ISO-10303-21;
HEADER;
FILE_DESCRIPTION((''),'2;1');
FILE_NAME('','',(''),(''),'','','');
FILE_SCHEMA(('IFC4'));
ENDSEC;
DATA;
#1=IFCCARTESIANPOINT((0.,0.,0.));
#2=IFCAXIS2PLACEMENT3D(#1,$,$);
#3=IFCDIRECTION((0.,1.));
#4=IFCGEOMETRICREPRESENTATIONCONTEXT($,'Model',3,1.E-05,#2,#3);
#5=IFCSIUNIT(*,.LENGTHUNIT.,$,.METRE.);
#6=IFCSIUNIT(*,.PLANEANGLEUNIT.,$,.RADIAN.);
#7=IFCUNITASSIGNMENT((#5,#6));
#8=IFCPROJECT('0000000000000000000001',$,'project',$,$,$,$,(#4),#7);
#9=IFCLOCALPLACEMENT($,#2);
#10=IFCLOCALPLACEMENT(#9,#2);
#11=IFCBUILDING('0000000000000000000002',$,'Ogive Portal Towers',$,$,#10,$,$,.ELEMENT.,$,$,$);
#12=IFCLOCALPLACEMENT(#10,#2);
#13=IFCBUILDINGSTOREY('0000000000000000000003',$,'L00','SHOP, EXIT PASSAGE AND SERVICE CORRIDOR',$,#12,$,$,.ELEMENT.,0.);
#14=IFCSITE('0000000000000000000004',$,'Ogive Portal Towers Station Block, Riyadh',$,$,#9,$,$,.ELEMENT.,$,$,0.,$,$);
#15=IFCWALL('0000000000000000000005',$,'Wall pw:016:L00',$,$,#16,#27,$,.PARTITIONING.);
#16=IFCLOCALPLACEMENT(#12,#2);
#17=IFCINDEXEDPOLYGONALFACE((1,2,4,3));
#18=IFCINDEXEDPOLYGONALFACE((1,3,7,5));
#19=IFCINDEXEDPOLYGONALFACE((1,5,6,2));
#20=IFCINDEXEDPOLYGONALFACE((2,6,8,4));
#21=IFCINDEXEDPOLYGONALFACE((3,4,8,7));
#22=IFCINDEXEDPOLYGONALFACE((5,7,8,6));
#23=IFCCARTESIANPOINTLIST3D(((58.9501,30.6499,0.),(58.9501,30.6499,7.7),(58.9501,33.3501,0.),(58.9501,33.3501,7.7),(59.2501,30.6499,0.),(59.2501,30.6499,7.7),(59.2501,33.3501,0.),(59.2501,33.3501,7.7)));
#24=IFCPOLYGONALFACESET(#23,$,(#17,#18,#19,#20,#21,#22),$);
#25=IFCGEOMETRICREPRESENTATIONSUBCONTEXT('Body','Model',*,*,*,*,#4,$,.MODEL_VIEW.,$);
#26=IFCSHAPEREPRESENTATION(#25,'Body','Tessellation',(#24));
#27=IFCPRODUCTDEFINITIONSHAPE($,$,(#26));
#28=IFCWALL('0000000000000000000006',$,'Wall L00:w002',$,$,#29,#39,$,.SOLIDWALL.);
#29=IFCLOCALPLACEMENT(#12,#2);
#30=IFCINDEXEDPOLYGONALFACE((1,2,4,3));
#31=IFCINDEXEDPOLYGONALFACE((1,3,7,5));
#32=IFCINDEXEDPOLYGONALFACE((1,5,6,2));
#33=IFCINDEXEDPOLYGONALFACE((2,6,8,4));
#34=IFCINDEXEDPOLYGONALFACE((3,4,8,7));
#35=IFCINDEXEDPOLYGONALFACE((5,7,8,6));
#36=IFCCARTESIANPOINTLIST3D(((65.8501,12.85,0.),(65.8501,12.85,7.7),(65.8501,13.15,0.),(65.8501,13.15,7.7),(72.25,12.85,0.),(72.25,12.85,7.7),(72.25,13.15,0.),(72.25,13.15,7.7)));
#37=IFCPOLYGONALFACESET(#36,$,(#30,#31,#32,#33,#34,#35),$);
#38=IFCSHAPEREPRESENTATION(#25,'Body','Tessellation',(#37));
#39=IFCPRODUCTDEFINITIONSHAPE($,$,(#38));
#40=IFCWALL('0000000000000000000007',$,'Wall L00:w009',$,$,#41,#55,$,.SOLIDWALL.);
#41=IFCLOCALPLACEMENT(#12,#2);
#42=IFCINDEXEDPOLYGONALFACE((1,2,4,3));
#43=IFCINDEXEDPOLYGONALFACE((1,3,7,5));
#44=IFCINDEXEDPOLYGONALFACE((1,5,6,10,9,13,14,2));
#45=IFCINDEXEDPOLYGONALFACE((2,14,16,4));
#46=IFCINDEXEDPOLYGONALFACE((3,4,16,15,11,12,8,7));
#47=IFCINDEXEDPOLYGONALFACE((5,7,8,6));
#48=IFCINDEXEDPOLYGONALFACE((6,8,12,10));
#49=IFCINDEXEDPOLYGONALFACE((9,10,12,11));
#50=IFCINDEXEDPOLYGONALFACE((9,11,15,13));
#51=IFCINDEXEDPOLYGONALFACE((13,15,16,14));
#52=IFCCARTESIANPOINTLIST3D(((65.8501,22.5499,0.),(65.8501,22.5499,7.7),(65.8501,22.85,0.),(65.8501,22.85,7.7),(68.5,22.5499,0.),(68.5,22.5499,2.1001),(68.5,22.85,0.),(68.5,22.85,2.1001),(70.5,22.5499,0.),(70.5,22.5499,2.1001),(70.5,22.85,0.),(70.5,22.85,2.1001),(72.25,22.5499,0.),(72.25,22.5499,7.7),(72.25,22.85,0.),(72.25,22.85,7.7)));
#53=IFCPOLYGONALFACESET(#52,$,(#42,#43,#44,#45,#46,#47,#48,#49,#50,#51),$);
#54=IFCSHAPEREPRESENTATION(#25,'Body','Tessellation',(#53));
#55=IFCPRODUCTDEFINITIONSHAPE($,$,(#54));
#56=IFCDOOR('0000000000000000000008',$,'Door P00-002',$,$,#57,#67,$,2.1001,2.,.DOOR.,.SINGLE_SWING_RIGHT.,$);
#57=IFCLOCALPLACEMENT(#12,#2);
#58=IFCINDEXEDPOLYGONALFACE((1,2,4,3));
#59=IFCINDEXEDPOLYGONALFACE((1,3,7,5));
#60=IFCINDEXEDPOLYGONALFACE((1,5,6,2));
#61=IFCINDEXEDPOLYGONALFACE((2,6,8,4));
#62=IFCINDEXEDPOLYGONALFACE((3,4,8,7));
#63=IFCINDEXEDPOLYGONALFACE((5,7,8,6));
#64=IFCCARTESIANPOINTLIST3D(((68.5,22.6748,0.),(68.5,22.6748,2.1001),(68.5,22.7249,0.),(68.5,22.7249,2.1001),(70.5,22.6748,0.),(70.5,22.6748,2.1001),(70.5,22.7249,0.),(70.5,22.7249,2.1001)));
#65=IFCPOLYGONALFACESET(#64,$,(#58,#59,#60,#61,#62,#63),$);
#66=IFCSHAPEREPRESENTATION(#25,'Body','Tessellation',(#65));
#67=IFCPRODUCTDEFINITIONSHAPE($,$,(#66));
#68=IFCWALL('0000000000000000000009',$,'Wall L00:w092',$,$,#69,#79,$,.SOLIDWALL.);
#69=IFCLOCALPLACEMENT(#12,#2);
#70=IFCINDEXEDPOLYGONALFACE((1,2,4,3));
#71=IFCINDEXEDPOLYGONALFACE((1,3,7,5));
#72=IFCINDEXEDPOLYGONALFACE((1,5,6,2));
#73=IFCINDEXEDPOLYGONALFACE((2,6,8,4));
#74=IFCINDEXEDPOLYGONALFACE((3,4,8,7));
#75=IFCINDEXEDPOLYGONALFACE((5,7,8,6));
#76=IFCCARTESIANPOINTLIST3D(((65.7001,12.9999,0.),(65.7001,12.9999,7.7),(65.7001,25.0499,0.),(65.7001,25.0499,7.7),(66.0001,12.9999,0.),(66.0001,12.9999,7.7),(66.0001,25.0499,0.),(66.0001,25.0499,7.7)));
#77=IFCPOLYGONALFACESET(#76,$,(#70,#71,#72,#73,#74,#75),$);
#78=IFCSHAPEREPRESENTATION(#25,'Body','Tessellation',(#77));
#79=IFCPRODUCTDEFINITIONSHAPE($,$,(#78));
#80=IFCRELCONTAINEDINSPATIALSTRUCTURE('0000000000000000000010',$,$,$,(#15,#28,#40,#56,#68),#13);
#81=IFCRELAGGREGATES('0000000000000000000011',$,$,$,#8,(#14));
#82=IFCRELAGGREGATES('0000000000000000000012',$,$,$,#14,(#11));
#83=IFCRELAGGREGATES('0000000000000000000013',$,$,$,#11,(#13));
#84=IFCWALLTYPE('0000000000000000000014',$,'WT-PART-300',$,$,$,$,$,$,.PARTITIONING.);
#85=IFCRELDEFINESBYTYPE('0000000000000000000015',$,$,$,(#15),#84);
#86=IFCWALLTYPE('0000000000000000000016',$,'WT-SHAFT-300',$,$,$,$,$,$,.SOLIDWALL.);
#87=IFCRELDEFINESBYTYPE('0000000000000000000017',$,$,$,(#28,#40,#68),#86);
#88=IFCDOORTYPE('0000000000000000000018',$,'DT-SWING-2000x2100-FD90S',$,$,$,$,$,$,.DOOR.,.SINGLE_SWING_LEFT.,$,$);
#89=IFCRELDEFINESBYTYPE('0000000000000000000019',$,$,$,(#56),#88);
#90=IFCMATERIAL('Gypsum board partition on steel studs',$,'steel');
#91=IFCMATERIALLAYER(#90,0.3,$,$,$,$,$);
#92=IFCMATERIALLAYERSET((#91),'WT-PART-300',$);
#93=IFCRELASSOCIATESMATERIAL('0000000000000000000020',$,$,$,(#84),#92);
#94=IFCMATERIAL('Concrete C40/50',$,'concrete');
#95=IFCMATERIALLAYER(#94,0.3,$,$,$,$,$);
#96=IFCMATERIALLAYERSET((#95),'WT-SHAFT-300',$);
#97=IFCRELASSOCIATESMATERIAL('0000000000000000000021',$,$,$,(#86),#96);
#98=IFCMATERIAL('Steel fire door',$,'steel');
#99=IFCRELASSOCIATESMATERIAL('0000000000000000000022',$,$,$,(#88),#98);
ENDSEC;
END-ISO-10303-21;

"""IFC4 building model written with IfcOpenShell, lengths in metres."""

from ifc_helpers import new_model, si_unit, direction, frame, frame_2d, origin, place, context, subcontext, project, spatial, rectangle, extrude, material, layer, layer_set, type_object, element, fill, save


model = new_model("IFC4")

# Units and contexts
model_context = context("Model", 3, precision=1e-05, world=origin(), true_north=direction((0.0, 1.0)))
body_context = subcontext(model_context, "Body", "Model", "MODEL_VIEW")
ifc_project = project(units=[si_unit("LENGTHUNIT", "METRE"), si_unit("PLANEANGLEUNIT", "RADIAN")], contexts=[model_context])

# Site, building, storey
site_placement = place(None, origin())
site = spatial("IfcSite", under=ifc_project, at=site_placement, Name="Ogive Portal Towers Station Block, Riyadh", CompositionType="ELEMENT", RefElevation=0.0)
building_placement = place(site_placement, origin())
building = spatial("IfcBuilding", under=site, at=building_placement, Name="Ogive Portal Towers", CompositionType="ELEMENT")
storey_placement = place(building_placement, origin())
storey = spatial("IfcBuildingStorey", under=building, at=storey_placement, Name="L00", Description="SHOP, EXIT PASSAGE AND SERVICE CORRIDOR", CompositionType="ELEMENT", Elevation=0.0)

# Shared definitions
ifc_material_1 = material(Name="Gypsum board partition on steel studs", Category="steel")

# Shared definitions
ifc_material_2 = material(Name="Steel fire door", Category="steel")

# Walls
ifc_layer_1 = layer(ifc_material_1, 0.3)
ifc_layer_set_1 = layer_set([ifc_layer_1], Name="WT-PART-300")
wall_type_1 = type_object("IfcWallType", Name="WT-PART-300", PredefinedType="PARTITIONING", material=ifc_layer_set_1)
wall_1_placement = place(storey_placement, frame((59.1001, 30.6499, 0.0), z_axis=(0.0, 0.0, 1.0), x_axis=(0.0, 1.0, 0.0)))
element("IfcWall", 1, at=wall_1_placement, inside=storey, type_object=wall_type_1, Name="Wall pw:016:L00", PredefinedType="PARTITIONING", context=body_context, shape_type="SweptSolid", body=[
    extrude(rectangle(XDim=2.7002, YDim=0.3, at=frame_2d((1.3501, 0.0))), origin(), (0.0, 0.0, 1.0), 7.7),
])
ifc_material_3 = material(Name="Concrete C40/50", Category="concrete")
ifc_layer_2 = layer(ifc_material_3, 0.3)
ifc_layer_set_2 = layer_set([ifc_layer_2], Name="WT-SHAFT-300")
wall_type_2 = type_object("IfcWallType", Name="WT-SHAFT-300", PredefinedType="SOLIDWALL", material=ifc_layer_set_2)
wall_2_placement = place(storey_placement, frame((65.8501, 13.0, 0.0), z_axis=(0.0, 0.0, 1.0), x_axis=(1.0, 0.0, 0.0)))
element("IfcWall", 2, at=wall_2_placement, inside=storey, type_object=wall_type_2, Name="Wall L00:w002", PredefinedType="SOLIDWALL", context=body_context, shape_type="SweptSolid", body=[
    extrude(rectangle(XDim=6.3999, YDim=0.3, at=frame_2d((3.2, 0.0))), origin(), (0.0, 0.0, 1.0), 7.7),
])

# Wall, opening, door
wall_3_placement = place(storey_placement, frame((65.8501, 22.7, 0.0), z_axis=(0.0, 0.0, 1.0), x_axis=(1.0, 0.0, 0.0)))
wall_3 = element("IfcWall", 3, at=wall_3_placement, inside=storey, type_object=wall_type_2, Name="Wall L00:w009", PredefinedType="SOLIDWALL", context=body_context, shape_type="SweptSolid", body=[
    extrude(rectangle(XDim=6.3999, YDim=0.3, at=frame_2d((3.2, 0.0))), origin(), (0.0, 0.0, 1.0), 7.7),
])
opening_1_placement = place(wall_3_placement, frame((2.6499, 0.0, 0.0)))
opening_1 = element("IfcOpeningElement", 4, at=opening_1_placement, cuts=wall_3, PredefinedType="OPENING", context=body_context, shape_type="SweptSolid", body=[
    extrude(rectangle(XDim=2.0, YDim=2.1001, at=frame_2d((1.0, 1.05))), frame((0.0, 0.1602, 0.0), z_axis=(0.0, -1.0, 0.0), x_axis=(1.0, 0.0, 0.0)), (0.0, 0.0, 1.0), 0.3201),
])
door_type_1 = type_object("IfcDoorType", Name="DT-SWING-2000x2100-FD90S", OperationType="SINGLE_SWING_LEFT", PredefinedType="DOOR", material=ifc_material_2)
door_1_placement = place(opening_1_placement, origin())
door_1 = element("IfcDoor", 5, at=door_1_placement, inside=storey, type_object=door_type_1, Name="Door P00-002", OperationType="SINGLE_SWING_RIGHT", OverallHeight=2.1001, OverallWidth=2.0, PredefinedType="DOOR", context=body_context, shape_type="SweptSolid", body=[
    extrude(rectangle(XDim=2.0, YDim=2.1001, at=frame_2d((1.0, 1.05))), frame((0.0, 0.0249, 0.0), z_axis=(0.0, -1.0, 0.0), x_axis=(1.0, 0.0, 0.0)), (0.0, 0.0, 1.0), 0.05),
])
fill(opening_1, door_1)

# Wall
wall_4_placement = place(storey_placement, frame((65.8501, 13.0, 0.0), z_axis=(0.0, 0.0, 1.0), x_axis=(0.0, 1.0, 0.0)))
element("IfcWall", 6, at=wall_4_placement, inside=storey, type_object=wall_type_2, Name="Wall L00:w092", PredefinedType="SOLIDWALL", context=body_context, shape_type="SweptSolid", body=[
    extrude(rectangle(XDim=12.05, YDim=0.3, at=frame_2d((6.0249, 0.0))), origin(), (0.0, 0.0, 1.0), 7.7),
])

save(model, "model.ifc")
